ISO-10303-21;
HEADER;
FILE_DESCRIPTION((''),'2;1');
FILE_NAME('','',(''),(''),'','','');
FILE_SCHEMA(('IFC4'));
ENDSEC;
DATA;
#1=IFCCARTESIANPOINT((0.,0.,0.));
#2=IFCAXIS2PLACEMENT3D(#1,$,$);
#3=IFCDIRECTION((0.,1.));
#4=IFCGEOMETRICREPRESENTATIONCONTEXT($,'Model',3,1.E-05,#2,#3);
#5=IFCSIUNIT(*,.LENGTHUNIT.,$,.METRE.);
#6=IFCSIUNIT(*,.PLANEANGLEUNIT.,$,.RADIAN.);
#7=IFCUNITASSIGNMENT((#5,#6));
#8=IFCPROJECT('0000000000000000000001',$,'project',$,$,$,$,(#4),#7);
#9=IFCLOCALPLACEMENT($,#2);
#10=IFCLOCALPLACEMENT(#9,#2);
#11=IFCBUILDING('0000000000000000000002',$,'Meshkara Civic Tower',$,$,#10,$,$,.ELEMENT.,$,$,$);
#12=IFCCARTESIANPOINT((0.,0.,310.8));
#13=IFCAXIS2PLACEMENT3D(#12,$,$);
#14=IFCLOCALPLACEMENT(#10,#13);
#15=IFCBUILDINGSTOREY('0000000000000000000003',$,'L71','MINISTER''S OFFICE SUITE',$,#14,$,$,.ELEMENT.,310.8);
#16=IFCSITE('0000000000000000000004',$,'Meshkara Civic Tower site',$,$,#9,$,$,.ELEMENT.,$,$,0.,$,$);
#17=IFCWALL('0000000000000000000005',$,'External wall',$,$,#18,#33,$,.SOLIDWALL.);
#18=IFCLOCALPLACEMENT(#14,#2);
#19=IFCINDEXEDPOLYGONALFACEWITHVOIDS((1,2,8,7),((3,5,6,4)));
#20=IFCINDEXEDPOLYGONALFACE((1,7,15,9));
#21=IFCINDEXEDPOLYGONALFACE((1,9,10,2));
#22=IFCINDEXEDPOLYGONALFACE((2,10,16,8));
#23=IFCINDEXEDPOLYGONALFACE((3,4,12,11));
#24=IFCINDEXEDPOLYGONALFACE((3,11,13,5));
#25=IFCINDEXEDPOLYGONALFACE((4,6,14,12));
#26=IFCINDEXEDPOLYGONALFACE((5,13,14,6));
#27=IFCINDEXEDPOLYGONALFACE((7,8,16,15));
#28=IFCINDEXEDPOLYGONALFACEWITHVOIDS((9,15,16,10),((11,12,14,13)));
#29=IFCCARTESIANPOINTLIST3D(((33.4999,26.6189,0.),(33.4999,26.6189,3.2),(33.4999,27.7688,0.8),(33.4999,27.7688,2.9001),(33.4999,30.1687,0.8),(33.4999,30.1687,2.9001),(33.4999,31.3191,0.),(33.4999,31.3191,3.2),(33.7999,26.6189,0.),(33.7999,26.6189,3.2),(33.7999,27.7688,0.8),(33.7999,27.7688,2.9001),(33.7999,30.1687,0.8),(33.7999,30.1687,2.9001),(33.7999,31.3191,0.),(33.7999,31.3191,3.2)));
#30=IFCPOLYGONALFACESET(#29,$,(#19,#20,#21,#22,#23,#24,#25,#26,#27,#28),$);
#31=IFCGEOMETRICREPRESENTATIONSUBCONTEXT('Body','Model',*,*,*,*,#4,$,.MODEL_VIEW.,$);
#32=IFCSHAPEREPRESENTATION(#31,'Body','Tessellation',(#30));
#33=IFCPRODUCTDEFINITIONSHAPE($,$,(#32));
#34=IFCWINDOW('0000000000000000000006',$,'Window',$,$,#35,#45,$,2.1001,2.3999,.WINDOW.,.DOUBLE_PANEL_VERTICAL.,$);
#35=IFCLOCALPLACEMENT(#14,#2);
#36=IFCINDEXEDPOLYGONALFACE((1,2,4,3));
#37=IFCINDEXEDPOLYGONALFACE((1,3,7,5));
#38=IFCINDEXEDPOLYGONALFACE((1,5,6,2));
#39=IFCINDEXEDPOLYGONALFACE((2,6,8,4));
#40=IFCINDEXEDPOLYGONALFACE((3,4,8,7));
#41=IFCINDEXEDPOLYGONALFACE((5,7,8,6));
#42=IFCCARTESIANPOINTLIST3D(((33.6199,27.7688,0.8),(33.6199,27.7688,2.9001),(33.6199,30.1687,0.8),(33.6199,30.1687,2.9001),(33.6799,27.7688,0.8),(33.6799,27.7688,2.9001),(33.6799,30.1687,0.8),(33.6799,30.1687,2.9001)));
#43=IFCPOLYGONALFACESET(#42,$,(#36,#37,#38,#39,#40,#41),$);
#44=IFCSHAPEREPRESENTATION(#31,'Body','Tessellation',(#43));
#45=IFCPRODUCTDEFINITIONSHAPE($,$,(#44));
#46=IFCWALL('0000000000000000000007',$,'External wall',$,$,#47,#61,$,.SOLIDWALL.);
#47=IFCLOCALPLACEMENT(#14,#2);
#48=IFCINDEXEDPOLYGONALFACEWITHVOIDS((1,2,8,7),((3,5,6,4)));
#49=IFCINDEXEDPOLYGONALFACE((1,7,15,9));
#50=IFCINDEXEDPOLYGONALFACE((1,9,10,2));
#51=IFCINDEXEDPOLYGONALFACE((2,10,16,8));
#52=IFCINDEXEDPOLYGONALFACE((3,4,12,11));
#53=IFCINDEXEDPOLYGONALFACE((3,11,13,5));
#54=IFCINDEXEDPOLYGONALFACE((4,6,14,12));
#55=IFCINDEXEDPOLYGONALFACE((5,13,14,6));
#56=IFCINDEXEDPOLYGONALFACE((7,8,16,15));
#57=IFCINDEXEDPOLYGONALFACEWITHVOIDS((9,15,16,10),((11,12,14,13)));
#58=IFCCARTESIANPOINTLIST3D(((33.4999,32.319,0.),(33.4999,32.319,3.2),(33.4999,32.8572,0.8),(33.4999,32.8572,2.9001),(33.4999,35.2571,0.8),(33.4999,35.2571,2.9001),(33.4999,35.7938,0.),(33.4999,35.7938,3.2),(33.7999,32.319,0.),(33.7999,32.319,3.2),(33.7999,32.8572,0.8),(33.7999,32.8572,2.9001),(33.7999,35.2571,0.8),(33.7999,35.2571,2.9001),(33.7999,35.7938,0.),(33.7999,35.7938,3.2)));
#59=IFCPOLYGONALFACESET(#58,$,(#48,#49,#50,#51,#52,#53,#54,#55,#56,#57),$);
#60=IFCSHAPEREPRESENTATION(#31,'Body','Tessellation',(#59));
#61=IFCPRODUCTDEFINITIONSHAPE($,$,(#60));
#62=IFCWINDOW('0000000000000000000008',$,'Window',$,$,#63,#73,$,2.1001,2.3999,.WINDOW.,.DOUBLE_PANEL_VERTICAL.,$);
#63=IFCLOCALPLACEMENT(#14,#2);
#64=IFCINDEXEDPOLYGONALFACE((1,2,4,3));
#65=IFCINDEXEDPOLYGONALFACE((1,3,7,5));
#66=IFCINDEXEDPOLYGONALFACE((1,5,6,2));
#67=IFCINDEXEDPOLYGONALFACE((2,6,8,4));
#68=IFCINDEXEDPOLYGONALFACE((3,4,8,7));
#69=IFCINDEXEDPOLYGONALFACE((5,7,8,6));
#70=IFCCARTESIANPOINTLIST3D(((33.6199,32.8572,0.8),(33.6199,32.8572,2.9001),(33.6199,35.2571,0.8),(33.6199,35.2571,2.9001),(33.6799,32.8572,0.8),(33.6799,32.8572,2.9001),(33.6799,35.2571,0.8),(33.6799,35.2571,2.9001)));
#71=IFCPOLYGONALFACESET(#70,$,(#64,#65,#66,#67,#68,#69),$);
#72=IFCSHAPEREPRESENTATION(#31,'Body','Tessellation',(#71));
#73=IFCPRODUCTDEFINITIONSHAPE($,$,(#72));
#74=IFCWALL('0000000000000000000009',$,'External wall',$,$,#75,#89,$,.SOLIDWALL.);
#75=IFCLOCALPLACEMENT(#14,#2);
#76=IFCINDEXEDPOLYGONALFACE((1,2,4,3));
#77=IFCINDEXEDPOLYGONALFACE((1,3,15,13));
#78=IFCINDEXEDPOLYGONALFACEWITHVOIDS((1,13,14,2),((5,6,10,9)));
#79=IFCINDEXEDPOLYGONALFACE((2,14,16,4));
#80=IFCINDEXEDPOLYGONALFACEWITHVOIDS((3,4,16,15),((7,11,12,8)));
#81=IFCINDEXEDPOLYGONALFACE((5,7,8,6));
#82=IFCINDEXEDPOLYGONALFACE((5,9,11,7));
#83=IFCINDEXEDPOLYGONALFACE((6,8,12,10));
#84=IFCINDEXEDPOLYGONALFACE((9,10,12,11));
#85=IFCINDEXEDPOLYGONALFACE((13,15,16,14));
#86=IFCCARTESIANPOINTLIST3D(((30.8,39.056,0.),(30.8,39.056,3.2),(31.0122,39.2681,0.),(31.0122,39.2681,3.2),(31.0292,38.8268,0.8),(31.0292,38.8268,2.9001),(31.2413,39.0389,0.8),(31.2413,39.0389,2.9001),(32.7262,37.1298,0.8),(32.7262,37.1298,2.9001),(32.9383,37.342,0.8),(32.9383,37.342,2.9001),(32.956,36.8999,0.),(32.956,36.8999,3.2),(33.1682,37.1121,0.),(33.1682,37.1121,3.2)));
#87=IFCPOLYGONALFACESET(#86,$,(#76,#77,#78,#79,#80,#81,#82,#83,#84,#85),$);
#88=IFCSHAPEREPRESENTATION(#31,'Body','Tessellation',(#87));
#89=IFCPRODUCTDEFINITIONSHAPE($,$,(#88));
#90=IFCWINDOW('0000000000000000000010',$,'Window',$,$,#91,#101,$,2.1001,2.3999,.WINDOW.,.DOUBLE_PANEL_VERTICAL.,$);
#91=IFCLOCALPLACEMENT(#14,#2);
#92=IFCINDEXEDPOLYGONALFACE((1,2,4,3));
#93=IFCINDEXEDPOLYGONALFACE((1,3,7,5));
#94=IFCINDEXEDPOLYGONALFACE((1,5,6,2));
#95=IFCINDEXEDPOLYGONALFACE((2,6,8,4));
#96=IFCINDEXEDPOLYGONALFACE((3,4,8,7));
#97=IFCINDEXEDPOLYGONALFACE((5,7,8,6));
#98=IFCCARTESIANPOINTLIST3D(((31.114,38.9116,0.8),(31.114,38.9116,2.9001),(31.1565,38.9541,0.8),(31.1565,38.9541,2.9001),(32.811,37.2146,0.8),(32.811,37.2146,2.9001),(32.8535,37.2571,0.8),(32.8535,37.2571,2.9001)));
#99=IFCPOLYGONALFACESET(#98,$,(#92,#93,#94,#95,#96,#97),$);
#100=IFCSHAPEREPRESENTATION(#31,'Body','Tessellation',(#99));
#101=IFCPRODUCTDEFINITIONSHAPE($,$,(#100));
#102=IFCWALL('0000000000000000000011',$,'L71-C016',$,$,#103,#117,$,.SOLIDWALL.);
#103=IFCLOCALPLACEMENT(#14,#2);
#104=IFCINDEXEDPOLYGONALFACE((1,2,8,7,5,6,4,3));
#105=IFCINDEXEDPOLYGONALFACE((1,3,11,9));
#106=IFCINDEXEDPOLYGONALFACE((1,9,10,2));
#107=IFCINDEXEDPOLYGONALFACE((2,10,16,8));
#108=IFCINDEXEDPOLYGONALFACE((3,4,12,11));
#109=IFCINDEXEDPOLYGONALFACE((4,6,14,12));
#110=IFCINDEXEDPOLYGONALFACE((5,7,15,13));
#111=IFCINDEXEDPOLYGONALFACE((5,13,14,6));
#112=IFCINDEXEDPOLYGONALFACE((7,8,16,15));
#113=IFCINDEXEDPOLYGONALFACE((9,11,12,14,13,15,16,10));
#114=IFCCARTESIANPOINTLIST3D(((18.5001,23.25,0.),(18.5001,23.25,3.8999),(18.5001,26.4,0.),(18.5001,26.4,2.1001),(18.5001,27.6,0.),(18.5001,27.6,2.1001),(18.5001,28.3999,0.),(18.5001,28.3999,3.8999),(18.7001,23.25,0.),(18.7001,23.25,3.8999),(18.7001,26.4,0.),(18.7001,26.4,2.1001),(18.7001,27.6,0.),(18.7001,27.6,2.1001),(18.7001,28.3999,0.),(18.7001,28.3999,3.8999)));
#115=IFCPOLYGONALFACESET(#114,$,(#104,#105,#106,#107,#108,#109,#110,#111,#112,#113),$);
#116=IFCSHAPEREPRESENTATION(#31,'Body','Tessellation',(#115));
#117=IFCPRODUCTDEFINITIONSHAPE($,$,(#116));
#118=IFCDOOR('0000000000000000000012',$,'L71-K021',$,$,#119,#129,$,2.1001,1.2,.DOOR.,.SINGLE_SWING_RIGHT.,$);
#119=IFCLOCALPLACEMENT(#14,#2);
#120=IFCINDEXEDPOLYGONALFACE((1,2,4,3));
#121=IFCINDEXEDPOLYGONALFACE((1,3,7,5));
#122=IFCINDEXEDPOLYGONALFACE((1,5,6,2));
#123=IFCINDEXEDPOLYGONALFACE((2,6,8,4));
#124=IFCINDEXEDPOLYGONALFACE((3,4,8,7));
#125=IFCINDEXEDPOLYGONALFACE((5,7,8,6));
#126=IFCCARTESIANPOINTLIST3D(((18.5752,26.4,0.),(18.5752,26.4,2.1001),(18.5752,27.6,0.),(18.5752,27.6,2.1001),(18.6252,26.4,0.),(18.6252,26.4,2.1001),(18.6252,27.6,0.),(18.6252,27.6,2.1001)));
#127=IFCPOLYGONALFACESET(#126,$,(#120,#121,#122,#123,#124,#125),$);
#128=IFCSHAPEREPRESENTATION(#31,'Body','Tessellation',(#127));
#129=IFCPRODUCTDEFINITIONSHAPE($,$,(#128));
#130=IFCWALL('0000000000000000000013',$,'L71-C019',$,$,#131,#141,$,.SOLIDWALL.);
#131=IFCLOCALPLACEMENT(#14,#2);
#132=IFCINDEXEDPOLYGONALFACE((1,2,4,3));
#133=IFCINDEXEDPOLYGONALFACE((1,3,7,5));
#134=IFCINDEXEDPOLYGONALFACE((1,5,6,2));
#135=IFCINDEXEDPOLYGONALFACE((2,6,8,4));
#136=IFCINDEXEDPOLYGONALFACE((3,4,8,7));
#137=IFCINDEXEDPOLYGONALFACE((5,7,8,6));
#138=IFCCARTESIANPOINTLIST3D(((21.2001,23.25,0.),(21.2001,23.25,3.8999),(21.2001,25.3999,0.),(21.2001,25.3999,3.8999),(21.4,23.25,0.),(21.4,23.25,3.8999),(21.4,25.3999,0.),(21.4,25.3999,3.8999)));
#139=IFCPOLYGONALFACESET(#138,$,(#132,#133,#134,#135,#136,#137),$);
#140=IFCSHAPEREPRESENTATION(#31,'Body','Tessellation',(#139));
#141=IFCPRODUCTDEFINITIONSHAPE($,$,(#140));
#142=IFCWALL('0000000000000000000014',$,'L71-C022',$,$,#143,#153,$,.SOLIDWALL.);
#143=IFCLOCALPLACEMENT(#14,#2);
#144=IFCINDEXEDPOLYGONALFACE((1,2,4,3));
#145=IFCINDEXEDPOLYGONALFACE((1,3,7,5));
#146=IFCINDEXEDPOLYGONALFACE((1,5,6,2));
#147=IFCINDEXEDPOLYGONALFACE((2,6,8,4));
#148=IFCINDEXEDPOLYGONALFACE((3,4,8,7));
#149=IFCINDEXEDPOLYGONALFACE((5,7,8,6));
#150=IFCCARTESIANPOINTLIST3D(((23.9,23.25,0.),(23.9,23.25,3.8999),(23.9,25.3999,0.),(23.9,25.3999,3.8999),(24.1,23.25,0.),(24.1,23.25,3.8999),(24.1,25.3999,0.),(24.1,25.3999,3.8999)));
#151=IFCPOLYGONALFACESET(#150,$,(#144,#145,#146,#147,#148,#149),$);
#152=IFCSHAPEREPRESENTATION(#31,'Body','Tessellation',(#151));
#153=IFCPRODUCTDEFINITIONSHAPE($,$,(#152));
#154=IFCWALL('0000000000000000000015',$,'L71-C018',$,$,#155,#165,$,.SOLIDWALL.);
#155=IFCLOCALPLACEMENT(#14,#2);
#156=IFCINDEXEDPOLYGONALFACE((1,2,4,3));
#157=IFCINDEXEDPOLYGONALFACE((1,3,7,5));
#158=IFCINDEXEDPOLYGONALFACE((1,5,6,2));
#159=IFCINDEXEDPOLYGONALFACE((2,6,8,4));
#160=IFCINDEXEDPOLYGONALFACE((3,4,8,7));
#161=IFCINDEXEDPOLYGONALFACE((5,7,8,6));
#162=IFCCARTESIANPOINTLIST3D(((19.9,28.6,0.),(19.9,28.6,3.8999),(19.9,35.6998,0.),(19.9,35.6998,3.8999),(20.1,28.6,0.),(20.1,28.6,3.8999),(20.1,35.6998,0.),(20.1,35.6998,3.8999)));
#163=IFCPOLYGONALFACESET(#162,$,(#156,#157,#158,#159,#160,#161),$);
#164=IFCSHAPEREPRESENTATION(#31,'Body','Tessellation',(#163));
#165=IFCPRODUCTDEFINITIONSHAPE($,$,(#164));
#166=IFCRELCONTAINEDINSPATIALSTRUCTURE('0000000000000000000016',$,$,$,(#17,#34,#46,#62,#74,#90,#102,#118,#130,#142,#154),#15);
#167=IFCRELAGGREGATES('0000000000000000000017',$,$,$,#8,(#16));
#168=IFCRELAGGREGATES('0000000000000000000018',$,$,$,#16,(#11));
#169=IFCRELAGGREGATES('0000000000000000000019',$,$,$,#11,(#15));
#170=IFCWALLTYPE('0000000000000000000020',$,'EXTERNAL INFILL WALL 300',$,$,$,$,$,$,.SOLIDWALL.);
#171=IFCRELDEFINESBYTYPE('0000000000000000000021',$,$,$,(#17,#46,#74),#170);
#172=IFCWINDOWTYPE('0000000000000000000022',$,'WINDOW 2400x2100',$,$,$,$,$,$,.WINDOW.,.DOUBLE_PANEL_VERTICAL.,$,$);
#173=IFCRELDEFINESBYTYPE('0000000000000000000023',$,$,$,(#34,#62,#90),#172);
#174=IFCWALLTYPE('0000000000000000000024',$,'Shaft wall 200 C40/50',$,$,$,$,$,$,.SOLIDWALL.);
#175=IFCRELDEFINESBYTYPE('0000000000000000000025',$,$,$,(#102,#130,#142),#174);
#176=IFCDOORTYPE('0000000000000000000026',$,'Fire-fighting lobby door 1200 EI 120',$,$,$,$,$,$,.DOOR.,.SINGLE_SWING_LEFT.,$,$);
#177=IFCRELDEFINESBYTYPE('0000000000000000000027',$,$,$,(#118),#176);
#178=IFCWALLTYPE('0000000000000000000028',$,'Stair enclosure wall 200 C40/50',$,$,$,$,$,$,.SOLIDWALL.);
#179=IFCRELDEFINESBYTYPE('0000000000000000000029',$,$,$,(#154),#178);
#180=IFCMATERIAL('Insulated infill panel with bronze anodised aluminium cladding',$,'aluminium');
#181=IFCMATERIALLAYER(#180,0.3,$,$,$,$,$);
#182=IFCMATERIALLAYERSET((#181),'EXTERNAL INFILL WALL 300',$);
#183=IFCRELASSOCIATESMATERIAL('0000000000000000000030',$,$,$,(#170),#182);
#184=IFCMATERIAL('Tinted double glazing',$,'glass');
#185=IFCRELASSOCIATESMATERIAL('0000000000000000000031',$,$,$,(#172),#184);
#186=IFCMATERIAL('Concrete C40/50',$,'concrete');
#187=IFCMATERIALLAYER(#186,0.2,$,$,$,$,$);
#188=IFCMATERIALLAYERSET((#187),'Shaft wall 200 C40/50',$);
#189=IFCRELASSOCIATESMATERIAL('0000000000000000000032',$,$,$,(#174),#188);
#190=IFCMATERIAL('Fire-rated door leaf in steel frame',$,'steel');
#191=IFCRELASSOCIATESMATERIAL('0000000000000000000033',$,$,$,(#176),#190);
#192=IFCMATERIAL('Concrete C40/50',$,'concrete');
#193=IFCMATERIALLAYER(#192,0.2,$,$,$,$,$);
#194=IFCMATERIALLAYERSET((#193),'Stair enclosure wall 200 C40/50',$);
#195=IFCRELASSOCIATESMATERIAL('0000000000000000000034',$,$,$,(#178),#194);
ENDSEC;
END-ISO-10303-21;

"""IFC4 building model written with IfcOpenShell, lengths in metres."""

from ifc_helpers import new_model, si_unit, direction, frame, frame_2d, origin, place, context, subcontext, project, spatial, rectangle, extrude, material, layer, layer_set, type_object, element, fill, save


model = new_model("IFC4")

# Units and contexts
model_context = context("Model", 3, precision=1e-05, world=origin(), true_north=direction((0.0, 1.0)))
body_context = subcontext(model_context, "Body", "Model", "MODEL_VIEW")
ifc_project = project(units=[si_unit("LENGTHUNIT", "METRE"), si_unit("PLANEANGLEUNIT", "RADIAN")], contexts=[model_context])

# Site, building, storey
site_placement = place(None, origin())
site = spatial("IfcSite", under=ifc_project, at=site_placement, Name="Meshkara Civic Tower site", CompositionType="ELEMENT", RefElevation=0.0)
building_placement = place(site_placement, origin())
building = spatial("IfcBuilding", under=site, at=building_placement, Name="Meshkara Civic Tower", CompositionType="ELEMENT")
storey_placement = place(building_placement, frame((0.0, 0.0, 310.8)))
storey = spatial("IfcBuildingStorey", under=building, at=storey_placement, Name="L71", Description="MINISTER'S OFFICE SUITE", CompositionType="ELEMENT", Elevation=310.8)

# Walls, openings, windows
ifc_material_1 = material(Name="Insulated infill panel with bronze anodised aluminium cladding", Category="aluminium")
ifc_layer_1 = layer(ifc_material_1, 0.3)
ifc_layer_set_1 = layer_set([ifc_layer_1], Name="EXTERNAL INFILL WALL 300")
wall_type_1 = type_object("IfcWallType", Name="EXTERNAL INFILL WALL 300", PredefinedType="SOLIDWALL", material=ifc_layer_set_1)
wall_1_placement = place(storey_placement, frame((33.6499, 26.6189, 0.0), z_axis=(0.0, 0.0, 1.0), x_axis=(0.0, 1.0, 0.0)))
wall_1 = element("IfcWall", 1, at=wall_1_placement, inside=storey, type_object=wall_type_1, Name="External wall", PredefinedType="SOLIDWALL", context=body_context, shape_type="SweptSolid", body=[
    extrude(rectangle(XDim=4.7002, YDim=0.3, at=frame_2d((2.3501, 0.0))), origin(), (0.0, 0.0, 1.0), 3.2),
])
opening_1_placement = place(wall_1_placement, frame((1.1499, 0.0, 0.8)))
opening_1 = element("IfcOpeningElement", 2, at=opening_1_placement, cuts=wall_1, PredefinedType="OPENING", context=body_context, shape_type="SweptSolid", body=[
    extrude(rectangle(XDim=2.3999, YDim=2.1001, at=frame_2d((1.2, 1.05))), frame((0.0, 0.1599, 0.0), z_axis=(0.0, -1.0, 0.0), x_axis=(1.0, 0.0, 0.0)), (0.0, 0.0, 1.0), 0.3201),
])
ifc_material_2 = material(Name="Tinted double glazing", Category="glass")
window_type = type_object("IfcWindowType", Name="WINDOW 2400x2100", PartitioningType="DOUBLE_PANEL_VERTICAL", PredefinedType="WINDOW", material=ifc_material_2)
window_1_placement = place(opening_1_placement, origin())
window_1 = element("IfcWindow", 3, at=window_1_placement, inside=storey, type_object=window_type, Name="Window", OverallHeight=2.1001, OverallWidth=2.3999, PartitioningType="DOUBLE_PANEL_VERTICAL", PredefinedType="WINDOW", context=body_context, shape_type="SweptSolid", body=[
    extrude(rectangle(XDim=2.3999, YDim=2.1001, at=frame_2d((1.2, 1.05))), frame((0.0, 0.03, 0.0), z_axis=(0.0, -1.0, 0.0), x_axis=(1.0, 0.0, 0.0)), (0.0, 0.0, 1.0), 0.0601),
])
fill(opening_1, window_1)
wall_2_placement = place(storey_placement, frame((33.6499, 32.3191, 0.0), z_axis=(0.0, 0.0, 1.0), x_axis=(0.0, 1.0, 0.0)))
wall_2 = element("IfcWall", 4, at=wall_2_placement, inside=storey, type_object=wall_type_1, Name="External wall", PredefinedType="SOLIDWALL", context=body_context, shape_type="SweptSolid", body=[
    extrude(rectangle(XDim=3.4749, YDim=0.3, at=frame_2d((1.7373, 0.0))), origin(), (0.0, 0.0, 1.0), 3.2),
])
opening_2_placement = place(wall_2_placement, frame((0.5381, 0.0, 0.8)))
opening_2 = element("IfcOpeningElement", 5, at=opening_2_placement, cuts=wall_2, PredefinedType="OPENING", context=body_context, shape_type="SweptSolid", body=[
    extrude(rectangle(XDim=2.3999, YDim=2.1001, at=frame_2d((1.2, 1.05))), frame((0.0, 0.1599, 0.0), z_axis=(0.0, -1.0, 0.0), x_axis=(1.0, 0.0, 0.0)), (0.0, 0.0, 1.0), 0.3201),
])
window_2_placement = place(opening_2_placement, origin())
window_2 = element("IfcWindow", 6, at=window_2_placement, inside=storey, type_object=window_type, Name="Window", OverallHeight=2.1001, OverallWidth=2.3999, PartitioningType="DOUBLE_PANEL_VERTICAL", PredefinedType="WINDOW", context=body_context, shape_type="SweptSolid", body=[
    extrude(rectangle(XDim=2.3999, YDim=2.1001, at=frame_2d((1.2, 1.05))), frame((0.0, 0.03, 0.0), z_axis=(0.0, -1.0, 0.0), x_axis=(1.0, 0.0, 0.0)), (0.0, 0.0, 1.0), 0.0601),
])
fill(opening_2, window_2)
wall_3_placement = place(storey_placement, frame((33.062, 37.0061, 0.0), z_axis=(0.0, 0.0, 1.0), x_axis=(-0.707107, 0.707107, 0.0)))
wall_3 = element("IfcWall", 7, at=wall_3_placement, inside=storey, type_object=wall_type_1, Name="External wall", PredefinedType="SOLIDWALL", context=body_context, shape_type="SweptSolid", body=[
    extrude(rectangle(XDim=3.0491, YDim=0.3, at=frame_2d((1.5244, 0.0))), origin(), (0.0, 0.0, 1.0), 3.2),
])
opening_3_placement = place(wall_3_placement, frame((0.325, 0.0, 0.8)))
opening_3 = element("IfcOpeningElement", 8, at=opening_3_placement, cuts=wall_3, PredefinedType="OPENING", context=body_context, shape_type="SweptSolid", body=[
    extrude(rectangle(XDim=2.3999, YDim=2.1001, at=frame_2d((1.2, 1.05))), frame((0.0, 0.1599, 0.0), z_axis=(0.0, -1.0, 0.0), x_axis=(1.0, 0.0, 0.0)), (0.0, 0.0, 1.0), 0.3201),
])
window_3_placement = place(opening_3_placement, origin())
window_3 = element("IfcWindow", 9, at=window_3_placement, inside=storey, type_object=window_type, Name="Window", OverallHeight=2.1001, OverallWidth=2.3999, PartitioningType="DOUBLE_PANEL_VERTICAL", PredefinedType="WINDOW", context=body_context, shape_type="SweptSolid", body=[
    extrude(rectangle(XDim=2.3999, YDim=2.1001, at=frame_2d((1.2, 1.05))), frame((0.0, 0.03, 0.0), z_axis=(0.0, -1.0, 0.0), x_axis=(1.0, 0.0, 0.0)), (0.0, 0.0, 1.0), 0.0601),
])
fill(opening_3, window_3)

# Wall, opening, door
ifc_material_3 = material(Name="Concrete C40/50", Category="concrete")
ifc_layer_2 = layer(ifc_material_3, 0.2)
ifc_layer_set_2 = layer_set([ifc_layer_2], Name="Shaft wall 200 C40/50")
wall_type_2 = type_object("IfcWallType", Name="Shaft wall 200 C40/50", PredefinedType="SOLIDWALL", material=ifc_layer_set_2)
wall_4_placement = place(storey_placement, frame((18.6001, 23.25, 0.0), z_axis=(0.0, 0.0, 1.0), x_axis=(0.0, 1.0, 0.0)))
wall_4 = element("IfcWall", 10, at=wall_4_placement, inside=storey, type_object=wall_type_2, Name="L71-C016", PredefinedType="SOLIDWALL", context=body_context, shape_type="SweptSolid", body=[
    extrude(rectangle(XDim=5.1499, YDim=0.2, at=frame_2d((2.575, 0.0))), origin(), (0.0, 0.0, 1.0), 3.8999),
])
opening_4_placement = place(wall_4_placement, frame((3.1499, 0.0, 0.0)))
opening_4 = element("IfcOpeningElement", 11, at=opening_4_placement, cuts=wall_4, PredefinedType="OPENING", context=body_context, shape_type="SweptSolid", body=[
    extrude(rectangle(XDim=1.2, YDim=2.1001, at=frame_2d((0.6001, 1.05))), frame((0.0, 0.1099, 0.0), z_axis=(0.0, -1.0, 0.0), x_axis=(1.0, 0.0, 0.0)), (0.0, 0.0, 1.0), 0.22),
])
ifc_material_4 = material(Name="Fire-rated door leaf in steel frame", Category="steel")
door_type_1 = type_object("IfcDoorType", Name="Fire-fighting lobby door 1200 EI 120", OperationType="SINGLE_SWING_LEFT", PredefinedType="DOOR", material=ifc_material_4)
door_1_placement = place(opening_4_placement, origin())
door_1 = element("IfcDoor", 12, at=door_1_placement, inside=storey, type_object=door_type_1, Name="L71-K021", OperationType="SINGLE_SWING_RIGHT", OverallHeight=2.1001, OverallWidth=1.2, PredefinedType="DOOR", context=body_context, shape_type="SweptSolid", body=[
    extrude(rectangle(XDim=1.2, YDim=2.1001, at=frame_2d((0.6001, 1.05))), frame((0.0, 0.0249, 0.0), z_axis=(0.0, -1.0, 0.0), x_axis=(1.0, 0.0, 0.0)), (0.0, 0.0, 1.0), 0.05),
])
fill(opening_4, door_1)

# Walls
for number, where, z_axis, x_axis, name in (
    (13, (21.3, 23.25, 0.0), (0.0, 0.0, 1.0), (0.0, 1.0, 0.0), "L71-C019"),
    (14, (24.0, 23.25, 0.0), (0.0, 0.0, 1.0), (0.0, 1.0, 0.0), "L71-C022"),
):
    element("IfcWall", number, at=place(storey_placement, frame(where, z_axis=z_axis, x_axis=x_axis)), inside=storey, type_object=wall_type_2, Name=name, PredefinedType="SOLIDWALL", context=body_context, shape_type="SweptSolid", body=[
        extrude(rectangle(XDim=2.1499, YDim=0.2, at=frame_2d((1.075, 0.0))), origin(), (0.0, 0.0, 1.0), 3.8999),
    ])
ifc_material_5 = material(Name="Concrete C40/50", Category="concrete")
ifc_layer_3 = layer(ifc_material_5, 0.2)
ifc_layer_set_3 = layer_set([ifc_layer_3], Name="Stair enclosure wall 200 C40/50")
wall_type_3 = type_object("IfcWallType", Name="Stair enclosure wall 200 C40/50", PredefinedType="SOLIDWALL", material=ifc_layer_set_3)
wall_5_placement = place(storey_placement, frame((20.0, 28.6001, 0.0), z_axis=(0.0, 0.0, 1.0), x_axis=(0.0, 1.0, 0.0)))
element("IfcWall", 15, at=wall_5_placement, inside=storey, type_object=wall_type_3, Name="L71-C018", PredefinedType="SOLIDWALL", context=body_context, shape_type="SweptSolid", body=[
    extrude(rectangle(XDim=7.0999, YDim=0.2, at=frame_2d((3.5498, 0.0))), origin(), (0.0, 0.0, 1.0), 3.8999),
])

save(model, "model.ifc")
